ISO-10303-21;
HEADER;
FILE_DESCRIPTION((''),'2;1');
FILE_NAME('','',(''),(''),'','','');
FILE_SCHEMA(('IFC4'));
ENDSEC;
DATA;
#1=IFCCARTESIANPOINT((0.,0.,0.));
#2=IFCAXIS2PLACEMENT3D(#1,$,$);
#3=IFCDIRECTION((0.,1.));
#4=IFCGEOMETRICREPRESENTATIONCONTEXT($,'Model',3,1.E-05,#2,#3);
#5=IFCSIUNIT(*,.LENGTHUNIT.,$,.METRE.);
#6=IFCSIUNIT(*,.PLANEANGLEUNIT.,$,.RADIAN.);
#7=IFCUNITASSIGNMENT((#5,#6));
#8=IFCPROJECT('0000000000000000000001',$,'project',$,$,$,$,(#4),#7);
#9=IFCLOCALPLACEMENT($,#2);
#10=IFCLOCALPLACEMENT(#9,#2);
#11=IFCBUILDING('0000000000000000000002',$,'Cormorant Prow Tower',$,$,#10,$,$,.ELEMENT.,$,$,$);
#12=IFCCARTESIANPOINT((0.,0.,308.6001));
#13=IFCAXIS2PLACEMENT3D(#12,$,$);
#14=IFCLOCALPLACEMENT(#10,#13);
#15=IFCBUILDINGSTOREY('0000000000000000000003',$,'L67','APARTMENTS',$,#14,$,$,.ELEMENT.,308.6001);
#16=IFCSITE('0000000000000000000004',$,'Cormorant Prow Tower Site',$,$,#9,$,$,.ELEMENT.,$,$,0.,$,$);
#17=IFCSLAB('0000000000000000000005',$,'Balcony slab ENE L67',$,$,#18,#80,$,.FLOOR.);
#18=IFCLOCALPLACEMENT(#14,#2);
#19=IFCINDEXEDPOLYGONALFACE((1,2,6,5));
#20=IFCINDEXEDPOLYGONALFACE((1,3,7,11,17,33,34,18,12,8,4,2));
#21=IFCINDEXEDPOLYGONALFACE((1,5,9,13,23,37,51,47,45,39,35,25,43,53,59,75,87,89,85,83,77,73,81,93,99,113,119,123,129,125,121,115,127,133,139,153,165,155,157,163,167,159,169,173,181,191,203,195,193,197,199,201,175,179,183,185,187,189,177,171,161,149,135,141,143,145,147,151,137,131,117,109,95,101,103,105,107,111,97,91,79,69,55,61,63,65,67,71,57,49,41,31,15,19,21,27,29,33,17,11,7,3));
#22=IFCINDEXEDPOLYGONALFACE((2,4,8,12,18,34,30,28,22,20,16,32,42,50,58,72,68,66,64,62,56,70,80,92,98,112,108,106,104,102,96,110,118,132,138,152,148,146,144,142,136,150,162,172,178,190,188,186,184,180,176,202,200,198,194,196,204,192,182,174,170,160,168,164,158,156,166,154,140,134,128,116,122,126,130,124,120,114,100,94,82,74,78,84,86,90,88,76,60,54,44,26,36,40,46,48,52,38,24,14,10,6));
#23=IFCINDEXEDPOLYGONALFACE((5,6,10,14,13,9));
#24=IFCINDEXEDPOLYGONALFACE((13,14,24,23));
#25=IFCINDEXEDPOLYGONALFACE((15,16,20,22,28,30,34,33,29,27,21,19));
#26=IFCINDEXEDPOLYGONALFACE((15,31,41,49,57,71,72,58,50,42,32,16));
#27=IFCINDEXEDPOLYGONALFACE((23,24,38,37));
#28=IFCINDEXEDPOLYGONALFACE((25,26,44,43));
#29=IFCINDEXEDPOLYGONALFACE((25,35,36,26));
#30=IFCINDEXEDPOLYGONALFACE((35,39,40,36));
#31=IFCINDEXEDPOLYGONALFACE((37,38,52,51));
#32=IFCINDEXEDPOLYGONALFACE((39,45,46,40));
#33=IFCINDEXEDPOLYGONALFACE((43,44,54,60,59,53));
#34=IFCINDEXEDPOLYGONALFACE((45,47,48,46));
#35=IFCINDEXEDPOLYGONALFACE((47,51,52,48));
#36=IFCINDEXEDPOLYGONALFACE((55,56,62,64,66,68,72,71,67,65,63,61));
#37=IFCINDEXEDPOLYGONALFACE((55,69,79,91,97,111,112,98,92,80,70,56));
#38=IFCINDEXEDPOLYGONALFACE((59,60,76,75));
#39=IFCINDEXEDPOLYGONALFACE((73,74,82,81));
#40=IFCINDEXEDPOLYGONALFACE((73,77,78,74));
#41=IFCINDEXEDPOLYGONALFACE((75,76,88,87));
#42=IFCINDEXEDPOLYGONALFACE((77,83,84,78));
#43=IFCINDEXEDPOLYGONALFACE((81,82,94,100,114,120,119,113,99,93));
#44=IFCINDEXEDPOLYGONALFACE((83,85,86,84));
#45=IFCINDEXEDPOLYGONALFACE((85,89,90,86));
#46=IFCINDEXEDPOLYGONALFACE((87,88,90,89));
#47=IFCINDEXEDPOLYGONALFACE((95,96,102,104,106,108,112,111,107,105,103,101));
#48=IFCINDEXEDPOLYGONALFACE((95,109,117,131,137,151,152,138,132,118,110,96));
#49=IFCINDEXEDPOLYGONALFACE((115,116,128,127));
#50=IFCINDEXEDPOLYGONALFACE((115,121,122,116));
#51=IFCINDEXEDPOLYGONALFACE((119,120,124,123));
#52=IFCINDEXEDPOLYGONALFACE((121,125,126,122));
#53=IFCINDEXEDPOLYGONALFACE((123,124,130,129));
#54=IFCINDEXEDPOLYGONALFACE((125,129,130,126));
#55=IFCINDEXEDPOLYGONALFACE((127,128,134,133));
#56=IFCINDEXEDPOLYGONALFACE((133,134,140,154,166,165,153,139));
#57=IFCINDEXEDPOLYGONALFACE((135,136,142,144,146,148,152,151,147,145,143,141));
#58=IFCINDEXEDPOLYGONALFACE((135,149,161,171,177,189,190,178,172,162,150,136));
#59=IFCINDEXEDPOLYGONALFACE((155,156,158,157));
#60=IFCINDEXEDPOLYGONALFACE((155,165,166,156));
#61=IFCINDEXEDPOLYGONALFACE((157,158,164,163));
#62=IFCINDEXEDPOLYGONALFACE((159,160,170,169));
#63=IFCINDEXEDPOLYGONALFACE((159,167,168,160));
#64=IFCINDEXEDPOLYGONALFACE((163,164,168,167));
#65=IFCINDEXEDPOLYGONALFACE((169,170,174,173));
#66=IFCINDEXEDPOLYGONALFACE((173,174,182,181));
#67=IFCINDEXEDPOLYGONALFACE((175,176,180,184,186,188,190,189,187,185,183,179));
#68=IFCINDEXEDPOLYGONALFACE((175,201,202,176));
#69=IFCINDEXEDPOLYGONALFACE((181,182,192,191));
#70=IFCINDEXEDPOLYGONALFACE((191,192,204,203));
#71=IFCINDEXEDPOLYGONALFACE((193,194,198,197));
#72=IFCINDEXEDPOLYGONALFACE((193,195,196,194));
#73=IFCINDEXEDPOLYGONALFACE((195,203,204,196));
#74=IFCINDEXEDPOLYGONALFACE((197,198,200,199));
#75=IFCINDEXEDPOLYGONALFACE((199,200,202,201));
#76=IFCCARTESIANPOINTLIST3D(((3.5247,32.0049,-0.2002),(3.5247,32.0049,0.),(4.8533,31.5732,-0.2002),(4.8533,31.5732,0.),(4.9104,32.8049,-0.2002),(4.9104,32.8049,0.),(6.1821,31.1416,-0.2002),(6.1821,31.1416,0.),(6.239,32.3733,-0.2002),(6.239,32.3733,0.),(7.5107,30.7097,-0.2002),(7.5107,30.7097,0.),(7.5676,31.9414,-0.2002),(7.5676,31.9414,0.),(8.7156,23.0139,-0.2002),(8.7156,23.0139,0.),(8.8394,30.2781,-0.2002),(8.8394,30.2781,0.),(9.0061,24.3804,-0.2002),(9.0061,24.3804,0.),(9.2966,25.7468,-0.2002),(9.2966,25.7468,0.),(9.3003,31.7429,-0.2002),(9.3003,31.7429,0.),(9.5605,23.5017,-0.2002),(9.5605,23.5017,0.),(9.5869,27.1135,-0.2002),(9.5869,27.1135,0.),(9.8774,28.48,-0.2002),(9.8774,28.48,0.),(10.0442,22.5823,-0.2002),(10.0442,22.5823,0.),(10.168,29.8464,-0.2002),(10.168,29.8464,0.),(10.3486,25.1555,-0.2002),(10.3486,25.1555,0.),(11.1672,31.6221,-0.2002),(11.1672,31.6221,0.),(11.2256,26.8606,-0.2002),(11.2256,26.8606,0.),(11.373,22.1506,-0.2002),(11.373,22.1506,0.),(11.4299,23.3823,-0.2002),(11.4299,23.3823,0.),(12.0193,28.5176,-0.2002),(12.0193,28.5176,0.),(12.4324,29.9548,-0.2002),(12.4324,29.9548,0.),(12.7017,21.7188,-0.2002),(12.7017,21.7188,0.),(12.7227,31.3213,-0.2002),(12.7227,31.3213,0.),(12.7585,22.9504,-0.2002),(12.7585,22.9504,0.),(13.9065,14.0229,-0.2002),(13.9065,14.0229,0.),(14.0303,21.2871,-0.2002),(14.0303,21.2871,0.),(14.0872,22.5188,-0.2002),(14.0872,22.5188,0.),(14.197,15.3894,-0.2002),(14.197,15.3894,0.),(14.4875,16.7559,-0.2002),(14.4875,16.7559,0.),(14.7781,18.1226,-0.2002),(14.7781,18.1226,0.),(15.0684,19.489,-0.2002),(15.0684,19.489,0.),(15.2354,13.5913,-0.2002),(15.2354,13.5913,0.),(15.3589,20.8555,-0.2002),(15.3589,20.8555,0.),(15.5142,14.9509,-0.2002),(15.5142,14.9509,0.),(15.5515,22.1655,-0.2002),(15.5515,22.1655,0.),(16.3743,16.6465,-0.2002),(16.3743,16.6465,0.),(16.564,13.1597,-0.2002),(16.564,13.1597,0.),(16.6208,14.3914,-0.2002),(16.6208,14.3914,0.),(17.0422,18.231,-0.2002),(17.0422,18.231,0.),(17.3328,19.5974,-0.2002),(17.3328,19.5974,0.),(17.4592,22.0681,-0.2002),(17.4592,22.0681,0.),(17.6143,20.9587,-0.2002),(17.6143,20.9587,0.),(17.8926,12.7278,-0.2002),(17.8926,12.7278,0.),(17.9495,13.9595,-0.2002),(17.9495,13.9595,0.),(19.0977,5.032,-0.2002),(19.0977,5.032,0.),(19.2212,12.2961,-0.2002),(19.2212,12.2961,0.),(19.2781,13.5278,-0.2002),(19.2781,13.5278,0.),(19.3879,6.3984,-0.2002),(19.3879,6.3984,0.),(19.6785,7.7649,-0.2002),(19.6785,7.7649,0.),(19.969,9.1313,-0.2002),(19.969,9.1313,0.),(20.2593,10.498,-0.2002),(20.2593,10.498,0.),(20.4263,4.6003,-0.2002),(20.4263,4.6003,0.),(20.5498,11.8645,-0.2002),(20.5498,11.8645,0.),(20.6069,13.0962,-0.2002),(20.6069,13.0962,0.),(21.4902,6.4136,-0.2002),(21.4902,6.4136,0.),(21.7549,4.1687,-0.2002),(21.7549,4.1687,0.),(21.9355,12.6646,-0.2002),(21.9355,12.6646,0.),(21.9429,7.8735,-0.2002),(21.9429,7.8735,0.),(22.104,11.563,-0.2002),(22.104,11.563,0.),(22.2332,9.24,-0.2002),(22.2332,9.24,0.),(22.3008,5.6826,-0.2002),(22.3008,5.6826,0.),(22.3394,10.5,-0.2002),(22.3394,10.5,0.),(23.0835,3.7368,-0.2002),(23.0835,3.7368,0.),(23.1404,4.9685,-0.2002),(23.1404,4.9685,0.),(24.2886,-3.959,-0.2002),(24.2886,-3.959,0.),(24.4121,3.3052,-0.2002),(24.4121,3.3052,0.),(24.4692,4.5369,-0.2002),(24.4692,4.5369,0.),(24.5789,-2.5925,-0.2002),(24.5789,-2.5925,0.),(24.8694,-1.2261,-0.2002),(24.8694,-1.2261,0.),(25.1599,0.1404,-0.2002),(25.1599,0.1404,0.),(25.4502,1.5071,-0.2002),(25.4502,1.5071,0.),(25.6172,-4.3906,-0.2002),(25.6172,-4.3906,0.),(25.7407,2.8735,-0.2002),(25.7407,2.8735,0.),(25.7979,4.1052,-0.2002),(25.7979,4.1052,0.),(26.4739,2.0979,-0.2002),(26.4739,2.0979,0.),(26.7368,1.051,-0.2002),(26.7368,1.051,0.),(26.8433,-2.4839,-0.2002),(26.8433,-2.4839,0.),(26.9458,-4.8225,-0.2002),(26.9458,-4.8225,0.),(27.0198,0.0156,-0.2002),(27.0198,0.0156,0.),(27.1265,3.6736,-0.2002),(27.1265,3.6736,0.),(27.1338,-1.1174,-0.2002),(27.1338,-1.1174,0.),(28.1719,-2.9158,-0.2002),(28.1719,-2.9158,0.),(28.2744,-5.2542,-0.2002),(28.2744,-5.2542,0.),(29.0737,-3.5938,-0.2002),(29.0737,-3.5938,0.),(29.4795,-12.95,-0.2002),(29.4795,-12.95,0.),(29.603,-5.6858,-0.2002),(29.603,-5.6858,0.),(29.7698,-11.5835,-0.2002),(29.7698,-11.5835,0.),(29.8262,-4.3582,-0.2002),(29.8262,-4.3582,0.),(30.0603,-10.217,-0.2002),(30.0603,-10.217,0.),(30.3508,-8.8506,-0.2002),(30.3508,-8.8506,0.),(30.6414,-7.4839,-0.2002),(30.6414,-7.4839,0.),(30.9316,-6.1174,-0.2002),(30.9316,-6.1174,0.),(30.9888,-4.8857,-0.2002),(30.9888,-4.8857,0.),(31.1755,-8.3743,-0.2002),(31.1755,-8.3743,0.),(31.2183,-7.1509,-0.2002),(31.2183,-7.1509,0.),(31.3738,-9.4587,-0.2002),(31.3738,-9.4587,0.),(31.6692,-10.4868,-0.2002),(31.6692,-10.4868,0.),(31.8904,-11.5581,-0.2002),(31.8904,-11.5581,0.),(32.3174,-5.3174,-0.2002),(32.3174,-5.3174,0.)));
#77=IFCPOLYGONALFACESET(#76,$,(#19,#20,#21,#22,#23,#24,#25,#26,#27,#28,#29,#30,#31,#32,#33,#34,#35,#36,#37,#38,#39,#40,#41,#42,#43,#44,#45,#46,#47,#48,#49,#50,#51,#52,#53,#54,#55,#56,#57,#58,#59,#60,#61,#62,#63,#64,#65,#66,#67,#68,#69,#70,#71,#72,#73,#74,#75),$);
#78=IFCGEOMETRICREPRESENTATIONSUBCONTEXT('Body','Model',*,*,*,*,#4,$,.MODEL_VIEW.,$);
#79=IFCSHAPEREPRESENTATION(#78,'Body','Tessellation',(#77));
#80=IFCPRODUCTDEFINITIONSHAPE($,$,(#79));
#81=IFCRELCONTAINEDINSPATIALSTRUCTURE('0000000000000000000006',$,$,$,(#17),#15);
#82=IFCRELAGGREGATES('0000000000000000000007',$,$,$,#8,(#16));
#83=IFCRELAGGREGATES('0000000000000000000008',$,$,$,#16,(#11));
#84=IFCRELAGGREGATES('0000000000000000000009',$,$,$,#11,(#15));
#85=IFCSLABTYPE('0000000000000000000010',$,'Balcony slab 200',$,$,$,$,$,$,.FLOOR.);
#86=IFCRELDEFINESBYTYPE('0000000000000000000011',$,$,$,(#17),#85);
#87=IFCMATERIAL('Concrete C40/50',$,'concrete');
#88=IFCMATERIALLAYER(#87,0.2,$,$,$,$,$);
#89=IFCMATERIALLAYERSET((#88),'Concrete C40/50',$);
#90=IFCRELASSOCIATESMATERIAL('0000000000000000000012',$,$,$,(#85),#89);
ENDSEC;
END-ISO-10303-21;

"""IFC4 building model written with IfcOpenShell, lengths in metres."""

from ifc_helpers import new_model, si_unit, direction, frame, origin, place, context, subcontext, project, spatial, polyline, outline, extrude, material, layer, layer_set, type_object, element, save


model = new_model("IFC4")

# Units and contexts
model_context = context("Model", 3, precision=1e-05, world=origin(), true_north=direction((0.0, 1.0)))
body_context = subcontext(model_context, "Body", "Model", "MODEL_VIEW")
ifc_project = project(units=[si_unit("LENGTHUNIT", "METRE"), si_unit("PLANEANGLEUNIT", "RADIAN")], contexts=[model_context])

# Site, building, storey
site_placement = place(None, origin())
site = spatial("IfcSite", under=ifc_project, at=site_placement, Name="Cormorant Prow Tower Site", CompositionType="ELEMENT", RefElevation=0.0)
building_placement = place(site_placement, origin())
building = spatial("IfcBuilding", under=site, at=building_placement, Name="Cormorant Prow Tower", CompositionType="ELEMENT")
storey_placement = place(building_placement, frame((0.0, 0.0, 308.6001)))
storey = spatial("IfcBuildingStorey", under=building, at=storey_placement, Name="L67", Description="APARTMENTS", CompositionType="ELEMENT", Elevation=308.6001)

# Slab
ifc_material_1 = material(Name="Concrete C40/50", Category="concrete")
ifc_layer_1 = layer(ifc_material_1, 0.2)
ifc_layer_set_1 = layer_set([ifc_layer_1], Name="Concrete C40/50")
slab_type_1 = type_object("IfcSlabType", Name="Balcony slab 200", PredefinedType="FLOOR", material=ifc_layer_set_1)
slab_1_placement = place(storey_placement, frame((0.0, 0.0, -0.2002)))
element("IfcSlab", 1, at=slab_1_placement, inside=storey, type_object=slab_type_1, Name="Balcony slab ENE L67", PredefinedType="FLOOR", context=body_context, shape_type="SweptSolid", body=[
    extrude(outline(polyline([(29.4795, -12.95), (31.8904, -11.5581), (31.6692, -10.4868), (31.3738, -9.4587), (31.1755, -8.3743), (31.2183, -7.1509), (32.3174, -5.3174), (30.9888, -4.8857), (29.8262, -4.3582), (29.0737, -3.5938), (28.1719, -2.9158), (26.8433, -2.4839), (27.1338, -1.1174), (27.0198, 0.0156), (26.7368, 1.051), (26.4739, 2.0979), (27.1265, 3.6736), (25.7979, 4.1052), (24.4692, 4.5369), (23.1404, 4.9685), (22.3008, 5.6826), (21.4902, 6.4136), (21.9429, 7.8735), (22.2332, 9.24), (22.3394, 10.5), (22.104, 11.563), (21.9355, 12.6646), (20.6069, 13.0962), (19.2781, 13.5278), (17.9495, 13.9595), (16.6208, 14.3914), (15.5142, 14.9509), (16.3743, 16.6465), (17.0422, 18.231), (17.3328, 19.5974), (17.6143, 20.9587), (17.4592, 22.0681), (15.5515, 22.1655), (14.0872, 22.5188), (12.7585, 22.9504), (11.4299, 23.3823), (9.5605, 23.5017), (10.3486, 25.1555), (11.2256, 26.8606), (12.0193, 28.5176), (12.4324, 29.9548), (12.7227, 31.3213), (11.1672, 31.6221), (9.3003, 31.7429), (7.5676, 31.9414), (6.239, 32.3733), (4.9104, 32.8049), (3.5247, 32.0049), (4.8533, 31.5732), (6.1821, 31.1416), (7.5107, 30.7097), (8.8394, 30.2781), (10.168, 29.8464), (9.8774, 28.48), (9.5869, 27.1135), (9.2966, 25.7468), (9.0061, 24.3804), (8.7156, 23.0139), (10.0442, 22.5823), (11.373, 22.1506), (12.7017, 21.7188), (14.0303, 21.2871), (15.3589, 20.8555), (15.0684, 19.489), (14.7781, 18.1226), (14.4875, 16.7559), (14.197, 15.3894), (13.9065, 14.0229), (15.2354, 13.5913), (16.564, 13.1597), (17.8926, 12.7278), (19.2212, 12.2961), (20.5498, 11.8645), (20.2593, 10.498), (19.969, 9.1313), (19.6785, 7.7649), (19.3879, 6.3984), (19.0977, 5.032), (20.4263, 4.6003), (21.7549, 4.1687), (23.0835, 3.7368), (24.4121, 3.3052), (25.7407, 2.8735), (25.4502, 1.5071), (25.1599, 0.1404), (24.8694, -1.2261), (24.5789, -2.5925), (24.2886, -3.959), (25.6172, -4.3906), (26.9458, -4.8225), (28.2744, -5.2542), (29.603, -5.6858), (30.9316, -6.1174), (30.6414, -7.4839), (30.3508, -8.8506), (30.0603, -10.217), (29.7698, -11.5835), (29.4795, -12.95)])), origin(), (0.0, 0.0, 1.0), 0.2002),
])

save(model, "model.ifc")
